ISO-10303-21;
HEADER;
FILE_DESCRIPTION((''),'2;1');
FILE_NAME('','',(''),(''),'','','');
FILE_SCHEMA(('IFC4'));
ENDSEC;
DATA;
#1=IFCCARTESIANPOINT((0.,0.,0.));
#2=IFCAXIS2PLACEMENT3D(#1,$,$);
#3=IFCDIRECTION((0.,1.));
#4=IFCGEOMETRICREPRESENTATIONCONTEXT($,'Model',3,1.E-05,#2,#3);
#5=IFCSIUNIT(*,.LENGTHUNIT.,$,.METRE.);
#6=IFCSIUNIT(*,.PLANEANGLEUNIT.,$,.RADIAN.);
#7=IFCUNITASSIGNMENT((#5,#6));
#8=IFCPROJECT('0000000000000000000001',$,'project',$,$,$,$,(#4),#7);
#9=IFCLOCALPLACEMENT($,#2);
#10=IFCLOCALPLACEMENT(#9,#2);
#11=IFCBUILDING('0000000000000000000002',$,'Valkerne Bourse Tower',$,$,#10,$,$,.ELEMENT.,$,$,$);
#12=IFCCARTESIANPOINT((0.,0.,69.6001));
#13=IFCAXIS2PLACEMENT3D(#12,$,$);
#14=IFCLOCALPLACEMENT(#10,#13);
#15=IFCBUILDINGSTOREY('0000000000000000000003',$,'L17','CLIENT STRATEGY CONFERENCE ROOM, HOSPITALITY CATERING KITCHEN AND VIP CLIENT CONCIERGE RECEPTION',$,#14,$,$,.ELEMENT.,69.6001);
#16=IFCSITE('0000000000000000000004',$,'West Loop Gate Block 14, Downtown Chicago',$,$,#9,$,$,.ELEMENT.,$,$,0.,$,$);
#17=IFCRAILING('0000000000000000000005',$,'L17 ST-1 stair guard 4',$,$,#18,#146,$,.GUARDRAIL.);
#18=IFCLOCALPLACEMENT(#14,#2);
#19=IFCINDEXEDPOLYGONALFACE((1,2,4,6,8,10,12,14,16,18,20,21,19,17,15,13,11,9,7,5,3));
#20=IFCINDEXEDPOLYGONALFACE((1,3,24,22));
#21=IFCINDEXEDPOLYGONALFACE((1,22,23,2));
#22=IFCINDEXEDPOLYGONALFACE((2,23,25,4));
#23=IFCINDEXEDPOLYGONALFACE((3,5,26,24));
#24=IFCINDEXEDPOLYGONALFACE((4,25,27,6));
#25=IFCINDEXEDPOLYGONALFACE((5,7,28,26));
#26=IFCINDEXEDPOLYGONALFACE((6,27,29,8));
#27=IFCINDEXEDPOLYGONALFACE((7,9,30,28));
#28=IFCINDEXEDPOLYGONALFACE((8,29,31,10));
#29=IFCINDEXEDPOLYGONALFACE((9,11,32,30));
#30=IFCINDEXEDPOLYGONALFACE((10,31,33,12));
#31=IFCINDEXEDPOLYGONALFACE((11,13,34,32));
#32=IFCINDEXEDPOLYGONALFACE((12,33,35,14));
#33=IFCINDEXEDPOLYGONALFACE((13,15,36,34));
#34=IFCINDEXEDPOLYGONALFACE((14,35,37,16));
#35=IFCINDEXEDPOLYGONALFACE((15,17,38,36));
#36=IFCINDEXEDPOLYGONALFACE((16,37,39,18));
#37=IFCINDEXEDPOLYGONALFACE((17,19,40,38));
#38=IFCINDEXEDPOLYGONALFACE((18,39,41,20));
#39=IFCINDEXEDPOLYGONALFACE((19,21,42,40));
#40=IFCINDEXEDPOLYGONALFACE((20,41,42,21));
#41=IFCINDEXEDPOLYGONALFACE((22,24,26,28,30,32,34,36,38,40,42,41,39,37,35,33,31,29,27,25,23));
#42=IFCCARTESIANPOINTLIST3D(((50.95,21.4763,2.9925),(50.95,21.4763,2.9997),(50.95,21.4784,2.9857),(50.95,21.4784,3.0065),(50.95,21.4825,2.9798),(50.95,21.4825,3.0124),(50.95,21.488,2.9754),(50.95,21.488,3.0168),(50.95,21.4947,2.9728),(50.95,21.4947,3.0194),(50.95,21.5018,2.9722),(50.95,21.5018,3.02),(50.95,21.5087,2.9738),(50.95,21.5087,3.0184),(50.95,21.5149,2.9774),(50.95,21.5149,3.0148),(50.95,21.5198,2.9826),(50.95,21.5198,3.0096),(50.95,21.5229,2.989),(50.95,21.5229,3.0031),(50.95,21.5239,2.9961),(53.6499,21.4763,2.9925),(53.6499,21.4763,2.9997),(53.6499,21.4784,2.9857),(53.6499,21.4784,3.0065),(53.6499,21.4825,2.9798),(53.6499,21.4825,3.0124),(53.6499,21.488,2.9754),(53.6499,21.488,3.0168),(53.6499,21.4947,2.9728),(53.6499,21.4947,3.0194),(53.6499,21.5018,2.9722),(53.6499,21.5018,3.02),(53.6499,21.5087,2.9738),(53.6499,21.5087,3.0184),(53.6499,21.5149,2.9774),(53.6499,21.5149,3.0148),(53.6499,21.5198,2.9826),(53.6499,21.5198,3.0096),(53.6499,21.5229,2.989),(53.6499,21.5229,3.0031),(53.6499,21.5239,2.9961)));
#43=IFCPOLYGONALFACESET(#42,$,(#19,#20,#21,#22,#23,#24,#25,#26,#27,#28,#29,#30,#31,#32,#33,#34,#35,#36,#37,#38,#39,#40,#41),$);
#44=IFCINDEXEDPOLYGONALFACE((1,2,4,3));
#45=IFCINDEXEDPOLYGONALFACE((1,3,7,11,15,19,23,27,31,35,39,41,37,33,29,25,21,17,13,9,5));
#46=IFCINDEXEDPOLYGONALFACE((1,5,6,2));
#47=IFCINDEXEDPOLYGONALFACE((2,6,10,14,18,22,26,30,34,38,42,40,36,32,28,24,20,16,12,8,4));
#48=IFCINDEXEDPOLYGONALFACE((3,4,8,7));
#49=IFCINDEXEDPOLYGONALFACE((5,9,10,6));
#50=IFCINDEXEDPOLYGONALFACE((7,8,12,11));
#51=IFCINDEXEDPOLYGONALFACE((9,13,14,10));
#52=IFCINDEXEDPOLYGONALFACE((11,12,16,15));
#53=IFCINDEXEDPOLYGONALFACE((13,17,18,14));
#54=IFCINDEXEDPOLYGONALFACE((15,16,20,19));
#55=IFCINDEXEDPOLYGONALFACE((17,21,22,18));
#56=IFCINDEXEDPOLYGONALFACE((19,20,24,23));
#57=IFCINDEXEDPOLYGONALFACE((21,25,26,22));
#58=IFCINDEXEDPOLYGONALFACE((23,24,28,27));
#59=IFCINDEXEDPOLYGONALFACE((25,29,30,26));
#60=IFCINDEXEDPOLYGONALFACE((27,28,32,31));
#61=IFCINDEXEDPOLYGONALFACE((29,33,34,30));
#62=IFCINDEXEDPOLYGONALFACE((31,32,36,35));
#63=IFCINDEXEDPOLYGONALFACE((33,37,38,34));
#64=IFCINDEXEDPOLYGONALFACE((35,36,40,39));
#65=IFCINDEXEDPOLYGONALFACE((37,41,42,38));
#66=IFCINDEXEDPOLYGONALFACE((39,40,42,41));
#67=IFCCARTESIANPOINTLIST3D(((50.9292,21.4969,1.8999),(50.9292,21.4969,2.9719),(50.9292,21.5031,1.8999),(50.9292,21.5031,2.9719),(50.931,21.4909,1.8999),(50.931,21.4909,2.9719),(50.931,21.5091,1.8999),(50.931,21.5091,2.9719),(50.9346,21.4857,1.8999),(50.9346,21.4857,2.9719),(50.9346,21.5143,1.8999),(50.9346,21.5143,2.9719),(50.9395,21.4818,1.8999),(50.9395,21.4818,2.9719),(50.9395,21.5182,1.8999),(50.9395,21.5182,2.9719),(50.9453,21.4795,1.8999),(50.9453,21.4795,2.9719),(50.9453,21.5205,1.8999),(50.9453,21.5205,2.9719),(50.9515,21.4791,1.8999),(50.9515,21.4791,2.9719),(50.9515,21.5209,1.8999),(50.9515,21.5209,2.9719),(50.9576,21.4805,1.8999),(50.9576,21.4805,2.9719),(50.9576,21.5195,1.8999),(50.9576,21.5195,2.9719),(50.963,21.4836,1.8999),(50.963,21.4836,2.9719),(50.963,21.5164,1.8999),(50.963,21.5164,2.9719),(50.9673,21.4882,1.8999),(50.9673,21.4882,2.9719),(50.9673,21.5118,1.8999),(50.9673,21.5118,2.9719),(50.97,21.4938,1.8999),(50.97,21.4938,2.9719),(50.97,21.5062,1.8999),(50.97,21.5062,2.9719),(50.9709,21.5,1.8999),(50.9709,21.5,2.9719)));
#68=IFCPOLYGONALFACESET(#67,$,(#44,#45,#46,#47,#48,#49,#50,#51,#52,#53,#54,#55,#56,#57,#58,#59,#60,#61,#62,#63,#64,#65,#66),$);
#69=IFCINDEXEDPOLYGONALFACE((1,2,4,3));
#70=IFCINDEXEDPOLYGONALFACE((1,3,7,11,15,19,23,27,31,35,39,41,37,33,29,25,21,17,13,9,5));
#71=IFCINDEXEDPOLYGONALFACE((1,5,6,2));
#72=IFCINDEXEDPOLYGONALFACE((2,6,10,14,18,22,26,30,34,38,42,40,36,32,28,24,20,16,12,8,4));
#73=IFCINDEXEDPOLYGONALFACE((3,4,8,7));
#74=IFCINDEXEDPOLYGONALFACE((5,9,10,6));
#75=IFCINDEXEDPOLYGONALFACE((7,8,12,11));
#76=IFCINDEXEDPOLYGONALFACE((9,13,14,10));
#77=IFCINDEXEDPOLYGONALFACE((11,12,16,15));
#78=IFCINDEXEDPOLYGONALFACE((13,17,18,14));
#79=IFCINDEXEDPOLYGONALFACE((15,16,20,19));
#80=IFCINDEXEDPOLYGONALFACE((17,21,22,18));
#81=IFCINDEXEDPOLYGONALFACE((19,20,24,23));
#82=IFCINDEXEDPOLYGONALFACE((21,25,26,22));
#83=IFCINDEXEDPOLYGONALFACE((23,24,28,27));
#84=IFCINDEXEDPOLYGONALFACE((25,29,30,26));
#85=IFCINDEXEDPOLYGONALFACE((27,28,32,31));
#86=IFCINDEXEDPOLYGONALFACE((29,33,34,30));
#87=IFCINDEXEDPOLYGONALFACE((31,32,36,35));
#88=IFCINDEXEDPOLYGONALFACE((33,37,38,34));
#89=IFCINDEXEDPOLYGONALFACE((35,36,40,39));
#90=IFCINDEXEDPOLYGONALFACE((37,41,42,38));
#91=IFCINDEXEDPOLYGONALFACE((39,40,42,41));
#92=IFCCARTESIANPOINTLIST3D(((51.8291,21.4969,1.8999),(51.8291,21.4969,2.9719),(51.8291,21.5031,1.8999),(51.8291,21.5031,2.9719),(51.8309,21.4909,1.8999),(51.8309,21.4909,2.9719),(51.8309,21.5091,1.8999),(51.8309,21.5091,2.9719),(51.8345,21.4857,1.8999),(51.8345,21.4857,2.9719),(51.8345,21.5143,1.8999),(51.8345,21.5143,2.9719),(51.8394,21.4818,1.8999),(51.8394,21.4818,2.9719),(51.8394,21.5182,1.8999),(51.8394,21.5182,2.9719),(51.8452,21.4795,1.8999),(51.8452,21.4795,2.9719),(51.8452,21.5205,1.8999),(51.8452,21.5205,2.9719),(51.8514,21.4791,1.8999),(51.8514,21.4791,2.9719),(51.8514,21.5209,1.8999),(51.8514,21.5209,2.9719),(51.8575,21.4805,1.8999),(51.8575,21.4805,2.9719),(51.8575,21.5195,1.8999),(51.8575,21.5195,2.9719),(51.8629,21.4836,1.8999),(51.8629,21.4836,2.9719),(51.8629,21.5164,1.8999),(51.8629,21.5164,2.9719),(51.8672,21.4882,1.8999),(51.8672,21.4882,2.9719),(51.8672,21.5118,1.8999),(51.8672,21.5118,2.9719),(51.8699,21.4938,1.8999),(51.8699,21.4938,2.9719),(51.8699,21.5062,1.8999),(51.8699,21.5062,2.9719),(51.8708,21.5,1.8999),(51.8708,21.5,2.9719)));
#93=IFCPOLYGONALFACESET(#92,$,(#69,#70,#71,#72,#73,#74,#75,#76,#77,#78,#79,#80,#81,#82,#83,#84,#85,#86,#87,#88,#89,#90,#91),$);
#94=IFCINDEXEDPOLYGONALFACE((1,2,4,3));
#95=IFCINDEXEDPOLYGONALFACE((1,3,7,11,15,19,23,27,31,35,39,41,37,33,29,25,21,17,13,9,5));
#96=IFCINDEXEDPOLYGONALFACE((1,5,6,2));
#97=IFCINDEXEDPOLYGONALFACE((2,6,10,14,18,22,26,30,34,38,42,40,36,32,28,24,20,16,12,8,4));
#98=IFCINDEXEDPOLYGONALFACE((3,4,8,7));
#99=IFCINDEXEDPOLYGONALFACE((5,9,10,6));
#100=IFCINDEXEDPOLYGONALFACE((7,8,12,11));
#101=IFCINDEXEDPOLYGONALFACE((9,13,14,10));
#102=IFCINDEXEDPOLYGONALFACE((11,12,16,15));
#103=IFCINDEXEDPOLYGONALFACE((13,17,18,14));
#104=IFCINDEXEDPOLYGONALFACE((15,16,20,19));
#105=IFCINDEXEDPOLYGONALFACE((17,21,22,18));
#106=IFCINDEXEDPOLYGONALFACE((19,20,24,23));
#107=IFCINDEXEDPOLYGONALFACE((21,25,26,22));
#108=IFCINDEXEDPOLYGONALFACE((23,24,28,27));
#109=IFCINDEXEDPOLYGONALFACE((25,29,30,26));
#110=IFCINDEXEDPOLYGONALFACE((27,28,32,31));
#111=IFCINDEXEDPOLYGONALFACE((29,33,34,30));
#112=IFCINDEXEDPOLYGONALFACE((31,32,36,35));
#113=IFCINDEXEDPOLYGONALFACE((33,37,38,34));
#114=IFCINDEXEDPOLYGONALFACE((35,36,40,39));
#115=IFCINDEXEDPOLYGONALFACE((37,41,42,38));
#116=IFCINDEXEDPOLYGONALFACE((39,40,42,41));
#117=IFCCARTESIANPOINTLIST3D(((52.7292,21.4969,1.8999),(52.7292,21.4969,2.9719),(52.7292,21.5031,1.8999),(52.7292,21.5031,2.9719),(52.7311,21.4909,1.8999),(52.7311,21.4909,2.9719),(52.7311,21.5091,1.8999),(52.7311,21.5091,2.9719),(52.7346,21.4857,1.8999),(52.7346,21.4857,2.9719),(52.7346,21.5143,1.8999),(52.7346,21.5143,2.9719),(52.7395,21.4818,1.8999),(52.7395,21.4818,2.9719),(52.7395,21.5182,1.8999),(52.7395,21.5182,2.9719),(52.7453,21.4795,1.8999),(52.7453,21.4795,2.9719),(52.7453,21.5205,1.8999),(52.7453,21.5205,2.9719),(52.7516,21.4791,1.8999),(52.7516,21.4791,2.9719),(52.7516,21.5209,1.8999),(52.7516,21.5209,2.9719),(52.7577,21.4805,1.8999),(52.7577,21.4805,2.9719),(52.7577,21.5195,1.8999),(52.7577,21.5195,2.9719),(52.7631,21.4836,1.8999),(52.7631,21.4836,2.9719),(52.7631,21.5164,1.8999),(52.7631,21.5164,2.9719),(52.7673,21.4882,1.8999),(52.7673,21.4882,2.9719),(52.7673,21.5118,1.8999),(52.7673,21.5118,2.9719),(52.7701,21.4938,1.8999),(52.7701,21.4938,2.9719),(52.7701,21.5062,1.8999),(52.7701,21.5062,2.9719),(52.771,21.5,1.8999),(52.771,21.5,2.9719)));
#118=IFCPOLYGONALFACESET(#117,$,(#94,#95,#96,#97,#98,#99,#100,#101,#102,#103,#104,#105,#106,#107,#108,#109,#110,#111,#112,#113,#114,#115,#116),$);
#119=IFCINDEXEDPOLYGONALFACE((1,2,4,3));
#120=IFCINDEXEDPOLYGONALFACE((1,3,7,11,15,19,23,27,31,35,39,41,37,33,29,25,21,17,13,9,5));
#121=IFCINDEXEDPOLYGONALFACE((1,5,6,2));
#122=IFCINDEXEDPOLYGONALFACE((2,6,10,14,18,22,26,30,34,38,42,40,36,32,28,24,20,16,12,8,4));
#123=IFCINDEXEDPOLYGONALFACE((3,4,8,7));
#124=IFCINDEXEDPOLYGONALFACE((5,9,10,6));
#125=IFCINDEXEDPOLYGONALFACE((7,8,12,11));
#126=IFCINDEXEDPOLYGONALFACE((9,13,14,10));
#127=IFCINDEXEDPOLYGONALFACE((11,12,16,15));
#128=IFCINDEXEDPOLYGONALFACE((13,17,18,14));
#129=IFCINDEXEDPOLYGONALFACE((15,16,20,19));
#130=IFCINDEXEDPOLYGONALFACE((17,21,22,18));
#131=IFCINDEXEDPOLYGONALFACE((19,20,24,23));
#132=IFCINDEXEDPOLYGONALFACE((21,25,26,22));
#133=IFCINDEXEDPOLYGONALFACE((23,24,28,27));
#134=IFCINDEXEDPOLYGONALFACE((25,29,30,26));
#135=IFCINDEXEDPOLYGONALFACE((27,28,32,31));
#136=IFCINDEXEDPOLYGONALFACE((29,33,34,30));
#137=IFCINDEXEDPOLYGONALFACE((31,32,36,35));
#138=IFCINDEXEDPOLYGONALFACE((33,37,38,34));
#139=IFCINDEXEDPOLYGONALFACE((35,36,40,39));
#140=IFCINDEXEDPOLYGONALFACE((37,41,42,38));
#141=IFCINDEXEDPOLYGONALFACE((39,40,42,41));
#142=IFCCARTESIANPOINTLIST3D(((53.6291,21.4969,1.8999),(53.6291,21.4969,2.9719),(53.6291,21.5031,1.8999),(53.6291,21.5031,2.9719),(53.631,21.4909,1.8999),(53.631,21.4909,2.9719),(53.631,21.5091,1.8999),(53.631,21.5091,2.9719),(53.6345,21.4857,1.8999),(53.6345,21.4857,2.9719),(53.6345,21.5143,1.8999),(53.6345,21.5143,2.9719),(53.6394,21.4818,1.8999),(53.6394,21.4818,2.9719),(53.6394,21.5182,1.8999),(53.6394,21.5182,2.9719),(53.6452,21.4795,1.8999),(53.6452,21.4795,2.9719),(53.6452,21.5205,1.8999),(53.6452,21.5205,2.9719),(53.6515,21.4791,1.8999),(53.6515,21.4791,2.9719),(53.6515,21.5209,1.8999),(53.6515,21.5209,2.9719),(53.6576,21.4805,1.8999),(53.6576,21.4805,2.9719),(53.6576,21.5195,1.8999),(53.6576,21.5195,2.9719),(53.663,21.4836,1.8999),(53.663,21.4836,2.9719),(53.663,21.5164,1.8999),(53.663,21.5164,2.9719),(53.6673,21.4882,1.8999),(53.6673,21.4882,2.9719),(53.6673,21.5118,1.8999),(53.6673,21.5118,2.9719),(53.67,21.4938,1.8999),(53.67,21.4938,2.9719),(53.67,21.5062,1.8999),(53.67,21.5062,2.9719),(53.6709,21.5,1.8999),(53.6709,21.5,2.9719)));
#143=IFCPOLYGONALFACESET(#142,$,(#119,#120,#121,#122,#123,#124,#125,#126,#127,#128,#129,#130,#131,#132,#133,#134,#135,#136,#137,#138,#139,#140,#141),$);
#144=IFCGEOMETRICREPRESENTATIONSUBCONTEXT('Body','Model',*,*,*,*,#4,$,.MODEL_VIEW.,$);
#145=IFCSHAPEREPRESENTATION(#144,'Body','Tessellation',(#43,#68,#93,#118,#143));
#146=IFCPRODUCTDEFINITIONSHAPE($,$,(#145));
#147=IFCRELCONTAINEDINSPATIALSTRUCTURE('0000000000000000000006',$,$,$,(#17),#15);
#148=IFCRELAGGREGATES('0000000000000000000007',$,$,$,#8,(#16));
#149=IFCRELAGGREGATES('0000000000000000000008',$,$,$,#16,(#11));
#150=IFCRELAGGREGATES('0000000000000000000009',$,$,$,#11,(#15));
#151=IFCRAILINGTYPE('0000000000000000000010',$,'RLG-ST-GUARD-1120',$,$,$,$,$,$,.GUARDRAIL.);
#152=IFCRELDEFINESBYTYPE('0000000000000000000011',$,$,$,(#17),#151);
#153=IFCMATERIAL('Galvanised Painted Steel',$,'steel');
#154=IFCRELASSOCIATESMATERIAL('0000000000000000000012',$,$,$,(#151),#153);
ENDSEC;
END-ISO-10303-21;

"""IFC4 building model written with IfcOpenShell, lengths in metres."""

from ifc_helpers import new_model, si_unit, direction, frame, origin, origin_2d, place, context, subcontext, project, spatial, circle, extrude, material, type_object, element, save


model = new_model("IFC4")

# Units and contexts
model_context = context("Model", 3, precision=1e-05, world=origin(), true_north=direction((0.0, 1.0)))
body_context = subcontext(model_context, "Body", "Model", "MODEL_VIEW")
ifc_project = project(units=[si_unit("LENGTHUNIT", "METRE"), si_unit("PLANEANGLEUNIT", "RADIAN")], contexts=[model_context])

# Site, building, storey
site_placement = place(None, origin())
site = spatial("IfcSite", under=ifc_project, at=site_placement, Name="West Loop Gate Block 14, Downtown Chicago", CompositionType="ELEMENT", RefElevation=0.0)
building_placement = place(site_placement, origin())
building = spatial("IfcBuilding", under=site, at=building_placement, Name="Valkerne Bourse Tower", CompositionType="ELEMENT")
storey_placement = place(building_placement, frame((0.0, 0.0, 69.6001)))
storey = spatial("IfcBuildingStorey", under=building, at=storey_placement, Name="L17", Description="CLIENT STRATEGY CONFERENCE ROOM, HOSPITALITY CATERING KITCHEN AND VIP CLIENT CONCIERGE RECEPTION", CompositionType="ELEMENT", Elevation=69.6001)

# Shared definitions
ifc_material_1 = material(Name="Galvanised Painted Steel", Category="steel")

# Railing
railing_type_1 = type_object("IfcRailingType", Name="RLG-ST-GUARD-1120", PredefinedType="GUARDRAIL", material=ifc_material_1)
for number, where, name in (
    (1, (50.95, 21.5, 1.8999), "L17 ST-1 stair guard 4"),
):
    element("IfcRailing", number, at=place(storey_placement, frame(where)), inside=storey, type_object=railing_type_1, Name=name, PredefinedType="GUARDRAIL", context=body_context, shape_type="SweptSolid", body=[
        extrude(circle(Radius=0.0239, at=origin_2d()), frame((0.0, 0.0, 1.0962), z_axis=(1.0, 0.0, 0.0), x_axis=(0.0, 1.0, 0.0)), (0.0, 0.0, 1.0), 2.7),
        extrude(circle(Radius=0.021, at=origin_2d()), origin(), (0.0, 0.0, 1.0), 1.072),
        extrude(circle(Radius=0.021, at=origin_2d()), frame((0.8999, 0.0, 0.0)), (0.0, 0.0, 1.0), 1.072),
        extrude(circle(Radius=0.021, at=origin_2d()), frame((1.8, 0.0, 0.0)), (0.0, 0.0, 1.0), 1.072),
        extrude(circle(Radius=0.021, at=origin_2d()), frame((2.7, 0.0, 0.0)), (0.0, 0.0, 1.0), 1.072),
    ])

save(model, "model.ifc")
